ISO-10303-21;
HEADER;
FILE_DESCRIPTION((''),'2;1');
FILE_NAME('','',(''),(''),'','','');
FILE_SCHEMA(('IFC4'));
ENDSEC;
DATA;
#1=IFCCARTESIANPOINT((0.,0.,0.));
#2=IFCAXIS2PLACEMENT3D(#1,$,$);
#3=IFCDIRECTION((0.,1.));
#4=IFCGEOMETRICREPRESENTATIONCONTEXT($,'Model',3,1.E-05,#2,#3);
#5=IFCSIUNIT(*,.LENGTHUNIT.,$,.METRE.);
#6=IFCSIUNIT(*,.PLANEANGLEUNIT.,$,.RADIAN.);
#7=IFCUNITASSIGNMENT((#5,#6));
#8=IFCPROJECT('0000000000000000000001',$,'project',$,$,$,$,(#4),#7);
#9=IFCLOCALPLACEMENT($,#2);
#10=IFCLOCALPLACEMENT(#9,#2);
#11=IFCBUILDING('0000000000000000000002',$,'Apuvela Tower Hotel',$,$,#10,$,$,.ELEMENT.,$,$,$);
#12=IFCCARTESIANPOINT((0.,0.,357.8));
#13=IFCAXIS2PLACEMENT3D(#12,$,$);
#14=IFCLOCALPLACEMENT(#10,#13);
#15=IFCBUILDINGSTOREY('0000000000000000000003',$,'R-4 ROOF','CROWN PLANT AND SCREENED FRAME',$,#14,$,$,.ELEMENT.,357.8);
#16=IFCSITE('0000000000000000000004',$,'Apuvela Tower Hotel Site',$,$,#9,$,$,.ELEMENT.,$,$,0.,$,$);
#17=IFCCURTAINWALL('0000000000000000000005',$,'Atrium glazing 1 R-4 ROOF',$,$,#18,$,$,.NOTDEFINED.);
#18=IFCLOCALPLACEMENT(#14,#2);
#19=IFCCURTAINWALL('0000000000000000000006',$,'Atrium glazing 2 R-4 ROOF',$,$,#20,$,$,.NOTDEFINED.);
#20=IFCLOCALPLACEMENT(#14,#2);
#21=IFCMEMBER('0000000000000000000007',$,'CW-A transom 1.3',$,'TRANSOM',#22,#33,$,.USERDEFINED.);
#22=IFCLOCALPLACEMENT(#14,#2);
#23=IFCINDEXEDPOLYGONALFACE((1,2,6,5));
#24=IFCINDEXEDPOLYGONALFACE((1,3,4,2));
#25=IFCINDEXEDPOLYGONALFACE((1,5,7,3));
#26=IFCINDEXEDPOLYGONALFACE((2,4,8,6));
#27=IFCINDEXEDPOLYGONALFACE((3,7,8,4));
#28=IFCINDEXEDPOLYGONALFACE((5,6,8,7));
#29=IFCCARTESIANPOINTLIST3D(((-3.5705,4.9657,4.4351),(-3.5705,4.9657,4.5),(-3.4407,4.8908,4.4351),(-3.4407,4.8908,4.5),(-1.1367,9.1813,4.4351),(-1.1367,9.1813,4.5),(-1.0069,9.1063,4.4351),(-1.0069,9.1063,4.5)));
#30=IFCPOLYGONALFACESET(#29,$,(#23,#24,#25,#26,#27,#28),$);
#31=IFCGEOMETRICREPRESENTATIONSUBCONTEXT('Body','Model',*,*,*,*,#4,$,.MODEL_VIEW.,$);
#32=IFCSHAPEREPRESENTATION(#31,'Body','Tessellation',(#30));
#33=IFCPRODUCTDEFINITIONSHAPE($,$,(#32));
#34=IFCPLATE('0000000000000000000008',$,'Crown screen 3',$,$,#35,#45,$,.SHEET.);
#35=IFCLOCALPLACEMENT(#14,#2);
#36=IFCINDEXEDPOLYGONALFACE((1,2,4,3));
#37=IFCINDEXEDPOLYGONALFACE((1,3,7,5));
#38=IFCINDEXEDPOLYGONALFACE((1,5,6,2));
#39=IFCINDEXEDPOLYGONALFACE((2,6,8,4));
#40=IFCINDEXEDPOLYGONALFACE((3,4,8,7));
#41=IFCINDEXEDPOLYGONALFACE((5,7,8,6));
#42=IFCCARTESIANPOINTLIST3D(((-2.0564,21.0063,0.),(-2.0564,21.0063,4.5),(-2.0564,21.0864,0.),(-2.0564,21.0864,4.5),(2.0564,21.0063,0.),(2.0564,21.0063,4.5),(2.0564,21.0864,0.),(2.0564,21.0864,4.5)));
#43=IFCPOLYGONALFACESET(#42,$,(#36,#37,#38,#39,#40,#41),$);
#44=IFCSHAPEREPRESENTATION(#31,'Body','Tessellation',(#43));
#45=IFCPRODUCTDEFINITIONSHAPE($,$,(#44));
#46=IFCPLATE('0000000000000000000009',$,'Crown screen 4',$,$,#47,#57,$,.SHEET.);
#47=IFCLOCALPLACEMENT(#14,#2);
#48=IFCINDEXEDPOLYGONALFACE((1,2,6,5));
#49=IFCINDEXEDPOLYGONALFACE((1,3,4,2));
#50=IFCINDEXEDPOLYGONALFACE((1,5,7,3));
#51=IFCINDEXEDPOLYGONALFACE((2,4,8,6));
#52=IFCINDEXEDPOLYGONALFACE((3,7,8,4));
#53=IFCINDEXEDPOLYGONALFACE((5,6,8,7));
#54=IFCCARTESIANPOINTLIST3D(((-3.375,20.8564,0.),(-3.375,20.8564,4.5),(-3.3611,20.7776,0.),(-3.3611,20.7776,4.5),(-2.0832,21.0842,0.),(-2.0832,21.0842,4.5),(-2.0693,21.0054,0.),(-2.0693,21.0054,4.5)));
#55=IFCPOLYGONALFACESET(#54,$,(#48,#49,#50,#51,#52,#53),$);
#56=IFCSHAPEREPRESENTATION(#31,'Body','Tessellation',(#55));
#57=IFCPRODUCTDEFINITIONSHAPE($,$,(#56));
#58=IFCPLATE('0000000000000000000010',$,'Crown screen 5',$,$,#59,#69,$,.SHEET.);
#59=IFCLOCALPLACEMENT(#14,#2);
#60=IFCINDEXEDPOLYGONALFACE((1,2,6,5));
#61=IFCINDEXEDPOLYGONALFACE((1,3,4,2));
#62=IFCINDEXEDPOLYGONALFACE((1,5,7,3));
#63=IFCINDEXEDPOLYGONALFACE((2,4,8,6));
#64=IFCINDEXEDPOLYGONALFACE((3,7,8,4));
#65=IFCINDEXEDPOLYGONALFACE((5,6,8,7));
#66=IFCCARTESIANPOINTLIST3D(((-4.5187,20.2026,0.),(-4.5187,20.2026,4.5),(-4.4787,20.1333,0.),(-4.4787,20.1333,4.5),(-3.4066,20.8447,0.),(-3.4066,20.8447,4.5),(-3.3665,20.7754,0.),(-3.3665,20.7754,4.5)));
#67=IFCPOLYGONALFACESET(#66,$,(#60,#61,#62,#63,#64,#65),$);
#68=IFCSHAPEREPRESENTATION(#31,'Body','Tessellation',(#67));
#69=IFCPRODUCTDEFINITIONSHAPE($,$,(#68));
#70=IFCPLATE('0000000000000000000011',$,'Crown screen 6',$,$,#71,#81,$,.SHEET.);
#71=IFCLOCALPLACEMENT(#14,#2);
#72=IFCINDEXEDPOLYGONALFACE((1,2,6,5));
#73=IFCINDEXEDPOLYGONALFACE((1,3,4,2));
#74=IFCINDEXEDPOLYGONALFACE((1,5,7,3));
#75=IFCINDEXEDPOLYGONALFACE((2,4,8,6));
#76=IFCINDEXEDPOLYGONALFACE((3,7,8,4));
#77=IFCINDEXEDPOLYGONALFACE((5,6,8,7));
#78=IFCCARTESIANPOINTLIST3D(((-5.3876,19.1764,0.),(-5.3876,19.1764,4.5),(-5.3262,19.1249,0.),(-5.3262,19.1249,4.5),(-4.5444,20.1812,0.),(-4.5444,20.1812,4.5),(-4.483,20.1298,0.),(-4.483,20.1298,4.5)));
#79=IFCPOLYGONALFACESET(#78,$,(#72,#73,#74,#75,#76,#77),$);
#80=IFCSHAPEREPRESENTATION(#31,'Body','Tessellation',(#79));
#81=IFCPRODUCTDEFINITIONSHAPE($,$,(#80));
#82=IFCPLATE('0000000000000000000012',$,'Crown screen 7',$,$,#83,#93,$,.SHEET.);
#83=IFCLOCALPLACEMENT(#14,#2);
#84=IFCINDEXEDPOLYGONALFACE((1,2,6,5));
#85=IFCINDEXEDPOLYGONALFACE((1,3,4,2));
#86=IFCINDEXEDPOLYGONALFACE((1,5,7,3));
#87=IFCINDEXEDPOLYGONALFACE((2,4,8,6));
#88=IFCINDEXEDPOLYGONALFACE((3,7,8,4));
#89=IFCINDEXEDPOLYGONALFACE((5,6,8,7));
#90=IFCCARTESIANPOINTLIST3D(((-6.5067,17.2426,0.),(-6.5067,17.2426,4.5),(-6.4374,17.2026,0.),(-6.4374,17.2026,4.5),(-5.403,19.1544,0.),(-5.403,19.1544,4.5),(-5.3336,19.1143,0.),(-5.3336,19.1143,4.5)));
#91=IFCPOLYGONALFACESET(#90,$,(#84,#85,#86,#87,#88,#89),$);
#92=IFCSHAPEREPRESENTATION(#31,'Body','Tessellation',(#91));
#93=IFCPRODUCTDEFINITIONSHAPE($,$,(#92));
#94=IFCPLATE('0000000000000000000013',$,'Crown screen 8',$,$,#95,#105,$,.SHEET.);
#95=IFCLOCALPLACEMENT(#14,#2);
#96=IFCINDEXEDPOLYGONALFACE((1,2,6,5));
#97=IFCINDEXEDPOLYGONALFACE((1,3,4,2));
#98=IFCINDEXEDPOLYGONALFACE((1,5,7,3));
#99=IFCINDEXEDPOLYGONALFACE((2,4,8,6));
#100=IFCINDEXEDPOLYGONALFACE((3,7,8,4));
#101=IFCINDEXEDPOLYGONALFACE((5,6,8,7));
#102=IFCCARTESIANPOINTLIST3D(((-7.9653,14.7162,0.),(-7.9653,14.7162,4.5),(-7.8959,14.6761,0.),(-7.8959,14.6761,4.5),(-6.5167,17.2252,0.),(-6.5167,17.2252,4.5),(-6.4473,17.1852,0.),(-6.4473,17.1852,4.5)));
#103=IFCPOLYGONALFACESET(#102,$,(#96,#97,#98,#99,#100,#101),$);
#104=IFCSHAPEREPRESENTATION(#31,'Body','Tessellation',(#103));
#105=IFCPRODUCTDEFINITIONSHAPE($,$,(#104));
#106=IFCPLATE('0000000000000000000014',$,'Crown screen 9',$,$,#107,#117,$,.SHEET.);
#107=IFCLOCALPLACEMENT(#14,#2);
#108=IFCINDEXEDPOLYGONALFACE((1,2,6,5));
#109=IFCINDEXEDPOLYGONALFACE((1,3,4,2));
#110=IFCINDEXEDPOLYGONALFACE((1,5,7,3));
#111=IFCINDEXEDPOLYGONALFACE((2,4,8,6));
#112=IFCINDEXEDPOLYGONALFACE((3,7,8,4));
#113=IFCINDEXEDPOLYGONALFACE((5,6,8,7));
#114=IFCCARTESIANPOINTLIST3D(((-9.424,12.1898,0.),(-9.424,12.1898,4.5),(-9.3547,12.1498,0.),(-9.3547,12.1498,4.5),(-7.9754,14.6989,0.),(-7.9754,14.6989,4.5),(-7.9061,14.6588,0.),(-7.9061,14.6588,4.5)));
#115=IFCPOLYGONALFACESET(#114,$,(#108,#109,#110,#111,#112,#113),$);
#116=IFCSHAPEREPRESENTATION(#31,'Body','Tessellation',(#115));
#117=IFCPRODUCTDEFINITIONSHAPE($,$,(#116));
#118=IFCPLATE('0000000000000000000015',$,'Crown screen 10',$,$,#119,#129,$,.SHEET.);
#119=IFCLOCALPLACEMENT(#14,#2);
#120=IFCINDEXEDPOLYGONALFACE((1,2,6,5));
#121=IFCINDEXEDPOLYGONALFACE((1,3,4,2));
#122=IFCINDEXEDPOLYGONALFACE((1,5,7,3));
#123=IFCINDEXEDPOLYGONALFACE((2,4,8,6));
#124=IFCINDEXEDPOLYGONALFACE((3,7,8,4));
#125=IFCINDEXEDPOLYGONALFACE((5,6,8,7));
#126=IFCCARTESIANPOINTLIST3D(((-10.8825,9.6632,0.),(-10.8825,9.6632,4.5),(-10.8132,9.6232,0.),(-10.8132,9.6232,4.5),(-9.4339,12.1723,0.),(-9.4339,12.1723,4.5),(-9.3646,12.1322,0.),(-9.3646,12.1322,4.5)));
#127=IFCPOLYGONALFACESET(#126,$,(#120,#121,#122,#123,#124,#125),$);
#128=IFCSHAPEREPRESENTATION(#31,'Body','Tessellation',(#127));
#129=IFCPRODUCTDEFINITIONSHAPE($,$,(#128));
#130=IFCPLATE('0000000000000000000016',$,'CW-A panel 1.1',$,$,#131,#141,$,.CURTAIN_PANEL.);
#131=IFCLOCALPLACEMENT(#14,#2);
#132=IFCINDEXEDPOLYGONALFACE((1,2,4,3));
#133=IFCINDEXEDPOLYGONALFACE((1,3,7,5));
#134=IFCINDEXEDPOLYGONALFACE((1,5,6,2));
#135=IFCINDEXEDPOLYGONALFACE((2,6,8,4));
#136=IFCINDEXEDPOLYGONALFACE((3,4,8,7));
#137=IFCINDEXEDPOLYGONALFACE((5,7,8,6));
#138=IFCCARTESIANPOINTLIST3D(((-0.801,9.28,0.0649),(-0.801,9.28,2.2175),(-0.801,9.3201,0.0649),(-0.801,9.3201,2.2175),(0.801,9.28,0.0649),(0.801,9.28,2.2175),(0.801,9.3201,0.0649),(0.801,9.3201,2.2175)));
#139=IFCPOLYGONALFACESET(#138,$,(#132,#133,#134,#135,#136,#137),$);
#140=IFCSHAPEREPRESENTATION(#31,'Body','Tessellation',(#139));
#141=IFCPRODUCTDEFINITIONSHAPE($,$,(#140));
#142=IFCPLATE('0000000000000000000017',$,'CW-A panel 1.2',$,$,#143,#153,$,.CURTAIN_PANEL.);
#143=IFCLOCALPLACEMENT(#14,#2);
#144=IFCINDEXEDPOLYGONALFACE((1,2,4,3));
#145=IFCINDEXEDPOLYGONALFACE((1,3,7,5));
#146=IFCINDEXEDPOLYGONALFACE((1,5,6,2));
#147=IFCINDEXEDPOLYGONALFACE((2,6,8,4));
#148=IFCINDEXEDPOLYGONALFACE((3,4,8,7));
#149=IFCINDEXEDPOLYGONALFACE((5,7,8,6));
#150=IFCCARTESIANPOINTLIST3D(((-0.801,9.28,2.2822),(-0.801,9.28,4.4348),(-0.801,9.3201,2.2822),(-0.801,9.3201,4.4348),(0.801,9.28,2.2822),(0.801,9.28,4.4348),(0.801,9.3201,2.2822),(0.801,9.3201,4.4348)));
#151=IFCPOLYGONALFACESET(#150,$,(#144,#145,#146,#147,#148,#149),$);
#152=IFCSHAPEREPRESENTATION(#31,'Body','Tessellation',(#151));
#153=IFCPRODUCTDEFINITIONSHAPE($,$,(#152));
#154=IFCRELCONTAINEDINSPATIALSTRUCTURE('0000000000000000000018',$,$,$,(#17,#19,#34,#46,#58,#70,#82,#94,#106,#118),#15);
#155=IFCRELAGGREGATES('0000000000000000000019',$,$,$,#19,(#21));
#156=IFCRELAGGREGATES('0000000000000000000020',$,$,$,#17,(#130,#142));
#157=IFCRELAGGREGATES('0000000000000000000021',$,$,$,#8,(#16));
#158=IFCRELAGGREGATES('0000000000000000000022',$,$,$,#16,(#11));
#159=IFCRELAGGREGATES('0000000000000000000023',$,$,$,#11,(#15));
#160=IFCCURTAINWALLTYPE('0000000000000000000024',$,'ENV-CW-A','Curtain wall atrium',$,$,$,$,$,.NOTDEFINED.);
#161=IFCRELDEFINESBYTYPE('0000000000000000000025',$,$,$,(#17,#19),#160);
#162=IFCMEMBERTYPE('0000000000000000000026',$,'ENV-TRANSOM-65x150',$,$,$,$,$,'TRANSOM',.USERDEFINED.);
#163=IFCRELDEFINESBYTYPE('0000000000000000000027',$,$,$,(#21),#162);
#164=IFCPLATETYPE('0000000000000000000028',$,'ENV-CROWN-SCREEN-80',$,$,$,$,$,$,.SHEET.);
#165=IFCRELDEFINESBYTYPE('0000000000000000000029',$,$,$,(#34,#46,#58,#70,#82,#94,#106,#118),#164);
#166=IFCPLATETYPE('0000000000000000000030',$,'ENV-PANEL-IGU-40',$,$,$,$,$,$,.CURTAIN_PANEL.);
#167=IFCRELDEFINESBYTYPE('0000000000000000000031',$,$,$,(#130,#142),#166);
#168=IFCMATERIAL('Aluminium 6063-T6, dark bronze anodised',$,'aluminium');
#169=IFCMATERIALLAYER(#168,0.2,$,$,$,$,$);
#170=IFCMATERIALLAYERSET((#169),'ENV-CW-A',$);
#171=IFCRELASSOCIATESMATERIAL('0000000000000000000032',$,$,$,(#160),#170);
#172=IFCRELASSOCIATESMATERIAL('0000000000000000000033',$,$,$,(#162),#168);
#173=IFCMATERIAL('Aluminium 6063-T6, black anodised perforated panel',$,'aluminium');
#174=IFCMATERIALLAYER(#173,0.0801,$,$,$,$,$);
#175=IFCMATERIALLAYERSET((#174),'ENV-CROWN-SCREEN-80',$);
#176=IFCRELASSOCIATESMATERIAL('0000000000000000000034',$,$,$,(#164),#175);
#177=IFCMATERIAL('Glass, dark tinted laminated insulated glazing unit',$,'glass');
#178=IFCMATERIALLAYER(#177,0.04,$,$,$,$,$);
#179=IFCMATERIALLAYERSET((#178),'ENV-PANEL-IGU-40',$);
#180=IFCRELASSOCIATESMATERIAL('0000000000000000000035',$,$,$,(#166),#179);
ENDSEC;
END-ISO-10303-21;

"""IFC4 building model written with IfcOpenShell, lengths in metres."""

from ifc_helpers import new_model, si_unit, direction, frame, origin, origin_2d, place, context, subcontext, project, spatial, rectangle, extrude, material, layer, layer_set, material_profile, profile_set, type_object, element, aggregate, save


model = new_model("IFC4")

# Units and contexts
model_context = context("Model", 3, precision=1e-05, world=origin(), true_north=direction((0.0, 1.0)))
body_context = subcontext(model_context, "Body", "Model", "MODEL_VIEW")
ifc_project = project(units=[si_unit("LENGTHUNIT", "METRE"), si_unit("PLANEANGLEUNIT", "RADIAN")], contexts=[model_context])

# Site, building, storey
site_placement = place(None, origin())
site = spatial("IfcSite", under=ifc_project, at=site_placement, Name="Apuvela Tower Hotel Site", CompositionType="ELEMENT", RefElevation=0.0)
building_placement = place(site_placement, origin())
building = spatial("IfcBuilding", under=site, at=building_placement, Name="Apuvela Tower Hotel", CompositionType="ELEMENT")
storey_placement = place(building_placement, frame((0.0, 0.0, 357.8)))
storey = spatial("IfcBuildingStorey", under=building, at=storey_placement, Name="R-4 ROOF", Description="CROWN PLANT AND SCREENED FRAME", CompositionType="ELEMENT", Elevation=357.8)

# Curtain wall
ifc_material_1 = material(Name="Aluminium 6063-T6, dark bronze anodised", Category="aluminium")
ifc_layer_1 = layer(ifc_material_1, 0.2)
ifc_layer_set_1 = layer_set([ifc_layer_1], Name="ENV-CW-A")
curtain_wall_type = type_object("IfcCurtainWallType", Name="ENV-CW-A", Description="Curtain wall atrium", PredefinedType="NOTDEFINED", material=ifc_layer_set_1)
curtain_wall_1_placement = place(storey_placement, origin())
curtain_wall_1 = element("IfcCurtainWall", 1, at=curtain_wall_1_placement, inside=storey, type_object=curtain_wall_type, Name="Atrium glazing 1 R-4 ROOF", PredefinedType="NOTDEFINED")

# Curtain wall, member
curtain_wall_2_placement = place(storey_placement, origin())
curtain_wall_2 = element("IfcCurtainWall", 2, at=curtain_wall_2_placement, inside=storey, type_object=curtain_wall_type, Name="Atrium glazing 2 R-4 ROOF", PredefinedType="NOTDEFINED")
ifc_material_profile_1 = material_profile(ifc_material_1, rectangle(XDim=0.1499, YDim=0.0649, at=origin_2d()), Name="AL 65x150 transom")
ifc_profile_set_1 = profile_set([ifc_material_profile_1], Name="Aluminium 6063-T6, dark bronze anodised")
member_type_1 = type_object("IfcMemberType", Name="ENV-TRANSOM-65x150", ElementType="TRANSOM", PredefinedType="USERDEFINED", material=ifc_profile_set_1)
member_1_placement = place(storey_placement, frame((-1.0718, 9.1438, 4.4675), z_axis=(-0.499996, -0.866028, 0.0), x_axis=(0.866028, -0.499996, 0.0)))
member_1 = element("IfcMember", 3, at=member_1_placement, type_object=member_type_1, Name="CW-A transom 1.3", ObjectType="TRANSOM", PredefinedType="USERDEFINED", context=body_context, shape_type="SweptSolid", body=[
    extrude(rectangle(XDim=0.1499, YDim=0.0649, at=origin_2d()), origin(), (0.0, 0.0, 1.0), 4.8677),
])
aggregate(curtain_wall_2, [member_1])

# Plates
ifc_material_2 = material(Name="Aluminium 6063-T6, black anodised perforated panel", Category="aluminium")
ifc_layer_2 = layer(ifc_material_2, 0.0801)
ifc_layer_set_2 = layer_set([ifc_layer_2], Name="ENV-CROWN-SCREEN-80")
plate_type_1 = type_object("IfcPlateType", Name="ENV-CROWN-SCREEN-80", PredefinedType="SHEET", material=ifc_layer_set_2)
plate_1_placement = place(storey_placement, frame((0.0, 21.0464, 0.0), z_axis=(0.0, 0.0, 1.0), x_axis=(-1.0, 0.0, 0.0)))
element("IfcPlate", 4, at=plate_1_placement, inside=storey, type_object=plate_type_1, Name="Crown screen 3", PredefinedType="SHEET", context=body_context, shape_type="SweptSolid", body=[
    extrude(rectangle(XDim=4.1128, YDim=0.0801, at=origin_2d()), origin(), (0.0, 0.0, 1.0), 4.5),
])
plate_2_placement = place(storey_placement, frame((-2.7222, 20.9309, 0.0), z_axis=(0.0, 0.0, 1.0), x_axis=(-0.984808, -0.173648, 0.0)))
element("IfcPlate", 5, at=plate_2_placement, inside=storey, type_object=plate_type_1, Name="Crown screen 4", PredefinedType="SHEET", context=body_context, shape_type="SweptSolid", body=[
    extrude(rectangle(XDim=1.3118, YDim=0.0801, at=origin_2d()), origin(), (0.0, 0.0, 1.0), 4.5),
])
plate_3_placement = place(storey_placement, frame((-3.9426, 20.489, 0.0), z_axis=(0.0, 0.0, 1.0), x_axis=(-0.866025, -0.5, 0.0)))
element("IfcPlate", 6, at=plate_3_placement, inside=storey, type_object=plate_type_1, Name="Crown screen 5", PredefinedType="SHEET", context=body_context, shape_type="SweptSolid", body=[
    extrude(rectangle(XDim=1.2842, YDim=0.0801, at=origin_2d()), origin(), (0.0, 0.0, 1.0), 4.5),
])
plate_4_placement = place(storey_placement, frame((-4.9353, 19.6531, 0.0), z_axis=(0.0, 0.0, 1.0), x_axis=(-0.642788, -0.766044, 0.0)))
element("IfcPlate", 7, at=plate_4_placement, inside=storey, type_object=plate_type_1, Name="Crown screen 6", PredefinedType="SHEET", context=body_context, shape_type="SweptSolid", body=[
    extrude(rectangle(XDim=1.3118, YDim=0.0801, at=origin_2d()), origin(), (0.0, 0.0, 1.0), 4.5),
])
plate_5_placement = place(storey_placement, frame((-5.9202, 18.1785, 0.0), z_axis=(0.0, 0.0, 1.0), x_axis=(-0.5, -0.866025, 0.0)))
element("IfcPlate", 8, at=plate_5_placement, inside=storey, type_object=plate_type_1, Name="Crown screen 7", PredefinedType="SHEET", context=body_context, shape_type="SweptSolid", body=[
    extrude(rectangle(XDim=2.2075, YDim=0.0801, at=origin_2d()), origin(), (0.0, 0.0, 1.0), 4.5),
])
for number, where, z_axis, x_axis, name in (
    (9, (-7.2063, 15.9507, 0.0), (0.0, 0.0, 1.0), (-0.5, -0.866025, 0.0), "Crown screen 8"),
    (10, (-8.665, 13.4243, 0.0), (0.0, 0.0, 1.0), (-0.5, -0.866025, 0.0), "Crown screen 9"),
    (11, (-10.1235, 10.8977, 0.0), (0.0, 0.0, 1.0), (-0.5, -0.866025, 0.0), "Crown screen 10"),
):
    element("IfcPlate", number, at=place(storey_placement, frame(where, z_axis=z_axis, x_axis=x_axis)), inside=storey, type_object=plate_type_1, Name=name, PredefinedType="SHEET", context=body_context, shape_type="SweptSolid", body=[
        extrude(rectangle(XDim=2.8972, YDim=0.0801, at=origin_2d()), origin(), (0.0, 0.0, 1.0), 4.5),
    ])

# Plates
ifc_material_3 = material(Name="Glass, dark tinted laminated insulated glazing unit", Category="glass")
ifc_layer_3 = layer(ifc_material_3, 0.04)
ifc_layer_set_3 = layer_set([ifc_layer_3], Name="ENV-PANEL-IGU-40")
plate_type_2 = type_object("IfcPlateType", Name="ENV-PANEL-IGU-40", PredefinedType="CURTAIN_PANEL", material=ifc_layer_set_3)
plate_6_placement = place(storey_placement, frame((0.0, 9.3, 0.0649), z_axis=(0.0, 0.0, 1.0), x_axis=(-1.0, 0.0, 0.0)))
plate_6 = element("IfcPlate", 12, at=plate_6_placement, type_object=plate_type_2, Name="CW-A panel 1.1", PredefinedType="CURTAIN_PANEL", context=body_context, shape_type="SweptSolid", body=[
    extrude(rectangle(XDim=1.6021, YDim=0.04, at=origin_2d()), origin(), (0.0, 0.0, 1.0), 2.1526),
])
plate_7_placement = place(storey_placement, frame((0.0, 9.3, 2.2822), z_axis=(0.0, 0.0, 1.0), x_axis=(-1.0, 0.0, 0.0)))
plate_7 = element("IfcPlate", 13, at=plate_7_placement, type_object=plate_type_2, Name="CW-A panel 1.2", PredefinedType="CURTAIN_PANEL", context=body_context, shape_type="SweptSolid", body=[
    extrude(rectangle(XDim=1.6021, YDim=0.04, at=origin_2d()), origin(), (0.0, 0.0, 1.0), 2.1526),
])
aggregate(curtain_wall_1, [plate_6, plate_7])

save(model, "model.ifc")
